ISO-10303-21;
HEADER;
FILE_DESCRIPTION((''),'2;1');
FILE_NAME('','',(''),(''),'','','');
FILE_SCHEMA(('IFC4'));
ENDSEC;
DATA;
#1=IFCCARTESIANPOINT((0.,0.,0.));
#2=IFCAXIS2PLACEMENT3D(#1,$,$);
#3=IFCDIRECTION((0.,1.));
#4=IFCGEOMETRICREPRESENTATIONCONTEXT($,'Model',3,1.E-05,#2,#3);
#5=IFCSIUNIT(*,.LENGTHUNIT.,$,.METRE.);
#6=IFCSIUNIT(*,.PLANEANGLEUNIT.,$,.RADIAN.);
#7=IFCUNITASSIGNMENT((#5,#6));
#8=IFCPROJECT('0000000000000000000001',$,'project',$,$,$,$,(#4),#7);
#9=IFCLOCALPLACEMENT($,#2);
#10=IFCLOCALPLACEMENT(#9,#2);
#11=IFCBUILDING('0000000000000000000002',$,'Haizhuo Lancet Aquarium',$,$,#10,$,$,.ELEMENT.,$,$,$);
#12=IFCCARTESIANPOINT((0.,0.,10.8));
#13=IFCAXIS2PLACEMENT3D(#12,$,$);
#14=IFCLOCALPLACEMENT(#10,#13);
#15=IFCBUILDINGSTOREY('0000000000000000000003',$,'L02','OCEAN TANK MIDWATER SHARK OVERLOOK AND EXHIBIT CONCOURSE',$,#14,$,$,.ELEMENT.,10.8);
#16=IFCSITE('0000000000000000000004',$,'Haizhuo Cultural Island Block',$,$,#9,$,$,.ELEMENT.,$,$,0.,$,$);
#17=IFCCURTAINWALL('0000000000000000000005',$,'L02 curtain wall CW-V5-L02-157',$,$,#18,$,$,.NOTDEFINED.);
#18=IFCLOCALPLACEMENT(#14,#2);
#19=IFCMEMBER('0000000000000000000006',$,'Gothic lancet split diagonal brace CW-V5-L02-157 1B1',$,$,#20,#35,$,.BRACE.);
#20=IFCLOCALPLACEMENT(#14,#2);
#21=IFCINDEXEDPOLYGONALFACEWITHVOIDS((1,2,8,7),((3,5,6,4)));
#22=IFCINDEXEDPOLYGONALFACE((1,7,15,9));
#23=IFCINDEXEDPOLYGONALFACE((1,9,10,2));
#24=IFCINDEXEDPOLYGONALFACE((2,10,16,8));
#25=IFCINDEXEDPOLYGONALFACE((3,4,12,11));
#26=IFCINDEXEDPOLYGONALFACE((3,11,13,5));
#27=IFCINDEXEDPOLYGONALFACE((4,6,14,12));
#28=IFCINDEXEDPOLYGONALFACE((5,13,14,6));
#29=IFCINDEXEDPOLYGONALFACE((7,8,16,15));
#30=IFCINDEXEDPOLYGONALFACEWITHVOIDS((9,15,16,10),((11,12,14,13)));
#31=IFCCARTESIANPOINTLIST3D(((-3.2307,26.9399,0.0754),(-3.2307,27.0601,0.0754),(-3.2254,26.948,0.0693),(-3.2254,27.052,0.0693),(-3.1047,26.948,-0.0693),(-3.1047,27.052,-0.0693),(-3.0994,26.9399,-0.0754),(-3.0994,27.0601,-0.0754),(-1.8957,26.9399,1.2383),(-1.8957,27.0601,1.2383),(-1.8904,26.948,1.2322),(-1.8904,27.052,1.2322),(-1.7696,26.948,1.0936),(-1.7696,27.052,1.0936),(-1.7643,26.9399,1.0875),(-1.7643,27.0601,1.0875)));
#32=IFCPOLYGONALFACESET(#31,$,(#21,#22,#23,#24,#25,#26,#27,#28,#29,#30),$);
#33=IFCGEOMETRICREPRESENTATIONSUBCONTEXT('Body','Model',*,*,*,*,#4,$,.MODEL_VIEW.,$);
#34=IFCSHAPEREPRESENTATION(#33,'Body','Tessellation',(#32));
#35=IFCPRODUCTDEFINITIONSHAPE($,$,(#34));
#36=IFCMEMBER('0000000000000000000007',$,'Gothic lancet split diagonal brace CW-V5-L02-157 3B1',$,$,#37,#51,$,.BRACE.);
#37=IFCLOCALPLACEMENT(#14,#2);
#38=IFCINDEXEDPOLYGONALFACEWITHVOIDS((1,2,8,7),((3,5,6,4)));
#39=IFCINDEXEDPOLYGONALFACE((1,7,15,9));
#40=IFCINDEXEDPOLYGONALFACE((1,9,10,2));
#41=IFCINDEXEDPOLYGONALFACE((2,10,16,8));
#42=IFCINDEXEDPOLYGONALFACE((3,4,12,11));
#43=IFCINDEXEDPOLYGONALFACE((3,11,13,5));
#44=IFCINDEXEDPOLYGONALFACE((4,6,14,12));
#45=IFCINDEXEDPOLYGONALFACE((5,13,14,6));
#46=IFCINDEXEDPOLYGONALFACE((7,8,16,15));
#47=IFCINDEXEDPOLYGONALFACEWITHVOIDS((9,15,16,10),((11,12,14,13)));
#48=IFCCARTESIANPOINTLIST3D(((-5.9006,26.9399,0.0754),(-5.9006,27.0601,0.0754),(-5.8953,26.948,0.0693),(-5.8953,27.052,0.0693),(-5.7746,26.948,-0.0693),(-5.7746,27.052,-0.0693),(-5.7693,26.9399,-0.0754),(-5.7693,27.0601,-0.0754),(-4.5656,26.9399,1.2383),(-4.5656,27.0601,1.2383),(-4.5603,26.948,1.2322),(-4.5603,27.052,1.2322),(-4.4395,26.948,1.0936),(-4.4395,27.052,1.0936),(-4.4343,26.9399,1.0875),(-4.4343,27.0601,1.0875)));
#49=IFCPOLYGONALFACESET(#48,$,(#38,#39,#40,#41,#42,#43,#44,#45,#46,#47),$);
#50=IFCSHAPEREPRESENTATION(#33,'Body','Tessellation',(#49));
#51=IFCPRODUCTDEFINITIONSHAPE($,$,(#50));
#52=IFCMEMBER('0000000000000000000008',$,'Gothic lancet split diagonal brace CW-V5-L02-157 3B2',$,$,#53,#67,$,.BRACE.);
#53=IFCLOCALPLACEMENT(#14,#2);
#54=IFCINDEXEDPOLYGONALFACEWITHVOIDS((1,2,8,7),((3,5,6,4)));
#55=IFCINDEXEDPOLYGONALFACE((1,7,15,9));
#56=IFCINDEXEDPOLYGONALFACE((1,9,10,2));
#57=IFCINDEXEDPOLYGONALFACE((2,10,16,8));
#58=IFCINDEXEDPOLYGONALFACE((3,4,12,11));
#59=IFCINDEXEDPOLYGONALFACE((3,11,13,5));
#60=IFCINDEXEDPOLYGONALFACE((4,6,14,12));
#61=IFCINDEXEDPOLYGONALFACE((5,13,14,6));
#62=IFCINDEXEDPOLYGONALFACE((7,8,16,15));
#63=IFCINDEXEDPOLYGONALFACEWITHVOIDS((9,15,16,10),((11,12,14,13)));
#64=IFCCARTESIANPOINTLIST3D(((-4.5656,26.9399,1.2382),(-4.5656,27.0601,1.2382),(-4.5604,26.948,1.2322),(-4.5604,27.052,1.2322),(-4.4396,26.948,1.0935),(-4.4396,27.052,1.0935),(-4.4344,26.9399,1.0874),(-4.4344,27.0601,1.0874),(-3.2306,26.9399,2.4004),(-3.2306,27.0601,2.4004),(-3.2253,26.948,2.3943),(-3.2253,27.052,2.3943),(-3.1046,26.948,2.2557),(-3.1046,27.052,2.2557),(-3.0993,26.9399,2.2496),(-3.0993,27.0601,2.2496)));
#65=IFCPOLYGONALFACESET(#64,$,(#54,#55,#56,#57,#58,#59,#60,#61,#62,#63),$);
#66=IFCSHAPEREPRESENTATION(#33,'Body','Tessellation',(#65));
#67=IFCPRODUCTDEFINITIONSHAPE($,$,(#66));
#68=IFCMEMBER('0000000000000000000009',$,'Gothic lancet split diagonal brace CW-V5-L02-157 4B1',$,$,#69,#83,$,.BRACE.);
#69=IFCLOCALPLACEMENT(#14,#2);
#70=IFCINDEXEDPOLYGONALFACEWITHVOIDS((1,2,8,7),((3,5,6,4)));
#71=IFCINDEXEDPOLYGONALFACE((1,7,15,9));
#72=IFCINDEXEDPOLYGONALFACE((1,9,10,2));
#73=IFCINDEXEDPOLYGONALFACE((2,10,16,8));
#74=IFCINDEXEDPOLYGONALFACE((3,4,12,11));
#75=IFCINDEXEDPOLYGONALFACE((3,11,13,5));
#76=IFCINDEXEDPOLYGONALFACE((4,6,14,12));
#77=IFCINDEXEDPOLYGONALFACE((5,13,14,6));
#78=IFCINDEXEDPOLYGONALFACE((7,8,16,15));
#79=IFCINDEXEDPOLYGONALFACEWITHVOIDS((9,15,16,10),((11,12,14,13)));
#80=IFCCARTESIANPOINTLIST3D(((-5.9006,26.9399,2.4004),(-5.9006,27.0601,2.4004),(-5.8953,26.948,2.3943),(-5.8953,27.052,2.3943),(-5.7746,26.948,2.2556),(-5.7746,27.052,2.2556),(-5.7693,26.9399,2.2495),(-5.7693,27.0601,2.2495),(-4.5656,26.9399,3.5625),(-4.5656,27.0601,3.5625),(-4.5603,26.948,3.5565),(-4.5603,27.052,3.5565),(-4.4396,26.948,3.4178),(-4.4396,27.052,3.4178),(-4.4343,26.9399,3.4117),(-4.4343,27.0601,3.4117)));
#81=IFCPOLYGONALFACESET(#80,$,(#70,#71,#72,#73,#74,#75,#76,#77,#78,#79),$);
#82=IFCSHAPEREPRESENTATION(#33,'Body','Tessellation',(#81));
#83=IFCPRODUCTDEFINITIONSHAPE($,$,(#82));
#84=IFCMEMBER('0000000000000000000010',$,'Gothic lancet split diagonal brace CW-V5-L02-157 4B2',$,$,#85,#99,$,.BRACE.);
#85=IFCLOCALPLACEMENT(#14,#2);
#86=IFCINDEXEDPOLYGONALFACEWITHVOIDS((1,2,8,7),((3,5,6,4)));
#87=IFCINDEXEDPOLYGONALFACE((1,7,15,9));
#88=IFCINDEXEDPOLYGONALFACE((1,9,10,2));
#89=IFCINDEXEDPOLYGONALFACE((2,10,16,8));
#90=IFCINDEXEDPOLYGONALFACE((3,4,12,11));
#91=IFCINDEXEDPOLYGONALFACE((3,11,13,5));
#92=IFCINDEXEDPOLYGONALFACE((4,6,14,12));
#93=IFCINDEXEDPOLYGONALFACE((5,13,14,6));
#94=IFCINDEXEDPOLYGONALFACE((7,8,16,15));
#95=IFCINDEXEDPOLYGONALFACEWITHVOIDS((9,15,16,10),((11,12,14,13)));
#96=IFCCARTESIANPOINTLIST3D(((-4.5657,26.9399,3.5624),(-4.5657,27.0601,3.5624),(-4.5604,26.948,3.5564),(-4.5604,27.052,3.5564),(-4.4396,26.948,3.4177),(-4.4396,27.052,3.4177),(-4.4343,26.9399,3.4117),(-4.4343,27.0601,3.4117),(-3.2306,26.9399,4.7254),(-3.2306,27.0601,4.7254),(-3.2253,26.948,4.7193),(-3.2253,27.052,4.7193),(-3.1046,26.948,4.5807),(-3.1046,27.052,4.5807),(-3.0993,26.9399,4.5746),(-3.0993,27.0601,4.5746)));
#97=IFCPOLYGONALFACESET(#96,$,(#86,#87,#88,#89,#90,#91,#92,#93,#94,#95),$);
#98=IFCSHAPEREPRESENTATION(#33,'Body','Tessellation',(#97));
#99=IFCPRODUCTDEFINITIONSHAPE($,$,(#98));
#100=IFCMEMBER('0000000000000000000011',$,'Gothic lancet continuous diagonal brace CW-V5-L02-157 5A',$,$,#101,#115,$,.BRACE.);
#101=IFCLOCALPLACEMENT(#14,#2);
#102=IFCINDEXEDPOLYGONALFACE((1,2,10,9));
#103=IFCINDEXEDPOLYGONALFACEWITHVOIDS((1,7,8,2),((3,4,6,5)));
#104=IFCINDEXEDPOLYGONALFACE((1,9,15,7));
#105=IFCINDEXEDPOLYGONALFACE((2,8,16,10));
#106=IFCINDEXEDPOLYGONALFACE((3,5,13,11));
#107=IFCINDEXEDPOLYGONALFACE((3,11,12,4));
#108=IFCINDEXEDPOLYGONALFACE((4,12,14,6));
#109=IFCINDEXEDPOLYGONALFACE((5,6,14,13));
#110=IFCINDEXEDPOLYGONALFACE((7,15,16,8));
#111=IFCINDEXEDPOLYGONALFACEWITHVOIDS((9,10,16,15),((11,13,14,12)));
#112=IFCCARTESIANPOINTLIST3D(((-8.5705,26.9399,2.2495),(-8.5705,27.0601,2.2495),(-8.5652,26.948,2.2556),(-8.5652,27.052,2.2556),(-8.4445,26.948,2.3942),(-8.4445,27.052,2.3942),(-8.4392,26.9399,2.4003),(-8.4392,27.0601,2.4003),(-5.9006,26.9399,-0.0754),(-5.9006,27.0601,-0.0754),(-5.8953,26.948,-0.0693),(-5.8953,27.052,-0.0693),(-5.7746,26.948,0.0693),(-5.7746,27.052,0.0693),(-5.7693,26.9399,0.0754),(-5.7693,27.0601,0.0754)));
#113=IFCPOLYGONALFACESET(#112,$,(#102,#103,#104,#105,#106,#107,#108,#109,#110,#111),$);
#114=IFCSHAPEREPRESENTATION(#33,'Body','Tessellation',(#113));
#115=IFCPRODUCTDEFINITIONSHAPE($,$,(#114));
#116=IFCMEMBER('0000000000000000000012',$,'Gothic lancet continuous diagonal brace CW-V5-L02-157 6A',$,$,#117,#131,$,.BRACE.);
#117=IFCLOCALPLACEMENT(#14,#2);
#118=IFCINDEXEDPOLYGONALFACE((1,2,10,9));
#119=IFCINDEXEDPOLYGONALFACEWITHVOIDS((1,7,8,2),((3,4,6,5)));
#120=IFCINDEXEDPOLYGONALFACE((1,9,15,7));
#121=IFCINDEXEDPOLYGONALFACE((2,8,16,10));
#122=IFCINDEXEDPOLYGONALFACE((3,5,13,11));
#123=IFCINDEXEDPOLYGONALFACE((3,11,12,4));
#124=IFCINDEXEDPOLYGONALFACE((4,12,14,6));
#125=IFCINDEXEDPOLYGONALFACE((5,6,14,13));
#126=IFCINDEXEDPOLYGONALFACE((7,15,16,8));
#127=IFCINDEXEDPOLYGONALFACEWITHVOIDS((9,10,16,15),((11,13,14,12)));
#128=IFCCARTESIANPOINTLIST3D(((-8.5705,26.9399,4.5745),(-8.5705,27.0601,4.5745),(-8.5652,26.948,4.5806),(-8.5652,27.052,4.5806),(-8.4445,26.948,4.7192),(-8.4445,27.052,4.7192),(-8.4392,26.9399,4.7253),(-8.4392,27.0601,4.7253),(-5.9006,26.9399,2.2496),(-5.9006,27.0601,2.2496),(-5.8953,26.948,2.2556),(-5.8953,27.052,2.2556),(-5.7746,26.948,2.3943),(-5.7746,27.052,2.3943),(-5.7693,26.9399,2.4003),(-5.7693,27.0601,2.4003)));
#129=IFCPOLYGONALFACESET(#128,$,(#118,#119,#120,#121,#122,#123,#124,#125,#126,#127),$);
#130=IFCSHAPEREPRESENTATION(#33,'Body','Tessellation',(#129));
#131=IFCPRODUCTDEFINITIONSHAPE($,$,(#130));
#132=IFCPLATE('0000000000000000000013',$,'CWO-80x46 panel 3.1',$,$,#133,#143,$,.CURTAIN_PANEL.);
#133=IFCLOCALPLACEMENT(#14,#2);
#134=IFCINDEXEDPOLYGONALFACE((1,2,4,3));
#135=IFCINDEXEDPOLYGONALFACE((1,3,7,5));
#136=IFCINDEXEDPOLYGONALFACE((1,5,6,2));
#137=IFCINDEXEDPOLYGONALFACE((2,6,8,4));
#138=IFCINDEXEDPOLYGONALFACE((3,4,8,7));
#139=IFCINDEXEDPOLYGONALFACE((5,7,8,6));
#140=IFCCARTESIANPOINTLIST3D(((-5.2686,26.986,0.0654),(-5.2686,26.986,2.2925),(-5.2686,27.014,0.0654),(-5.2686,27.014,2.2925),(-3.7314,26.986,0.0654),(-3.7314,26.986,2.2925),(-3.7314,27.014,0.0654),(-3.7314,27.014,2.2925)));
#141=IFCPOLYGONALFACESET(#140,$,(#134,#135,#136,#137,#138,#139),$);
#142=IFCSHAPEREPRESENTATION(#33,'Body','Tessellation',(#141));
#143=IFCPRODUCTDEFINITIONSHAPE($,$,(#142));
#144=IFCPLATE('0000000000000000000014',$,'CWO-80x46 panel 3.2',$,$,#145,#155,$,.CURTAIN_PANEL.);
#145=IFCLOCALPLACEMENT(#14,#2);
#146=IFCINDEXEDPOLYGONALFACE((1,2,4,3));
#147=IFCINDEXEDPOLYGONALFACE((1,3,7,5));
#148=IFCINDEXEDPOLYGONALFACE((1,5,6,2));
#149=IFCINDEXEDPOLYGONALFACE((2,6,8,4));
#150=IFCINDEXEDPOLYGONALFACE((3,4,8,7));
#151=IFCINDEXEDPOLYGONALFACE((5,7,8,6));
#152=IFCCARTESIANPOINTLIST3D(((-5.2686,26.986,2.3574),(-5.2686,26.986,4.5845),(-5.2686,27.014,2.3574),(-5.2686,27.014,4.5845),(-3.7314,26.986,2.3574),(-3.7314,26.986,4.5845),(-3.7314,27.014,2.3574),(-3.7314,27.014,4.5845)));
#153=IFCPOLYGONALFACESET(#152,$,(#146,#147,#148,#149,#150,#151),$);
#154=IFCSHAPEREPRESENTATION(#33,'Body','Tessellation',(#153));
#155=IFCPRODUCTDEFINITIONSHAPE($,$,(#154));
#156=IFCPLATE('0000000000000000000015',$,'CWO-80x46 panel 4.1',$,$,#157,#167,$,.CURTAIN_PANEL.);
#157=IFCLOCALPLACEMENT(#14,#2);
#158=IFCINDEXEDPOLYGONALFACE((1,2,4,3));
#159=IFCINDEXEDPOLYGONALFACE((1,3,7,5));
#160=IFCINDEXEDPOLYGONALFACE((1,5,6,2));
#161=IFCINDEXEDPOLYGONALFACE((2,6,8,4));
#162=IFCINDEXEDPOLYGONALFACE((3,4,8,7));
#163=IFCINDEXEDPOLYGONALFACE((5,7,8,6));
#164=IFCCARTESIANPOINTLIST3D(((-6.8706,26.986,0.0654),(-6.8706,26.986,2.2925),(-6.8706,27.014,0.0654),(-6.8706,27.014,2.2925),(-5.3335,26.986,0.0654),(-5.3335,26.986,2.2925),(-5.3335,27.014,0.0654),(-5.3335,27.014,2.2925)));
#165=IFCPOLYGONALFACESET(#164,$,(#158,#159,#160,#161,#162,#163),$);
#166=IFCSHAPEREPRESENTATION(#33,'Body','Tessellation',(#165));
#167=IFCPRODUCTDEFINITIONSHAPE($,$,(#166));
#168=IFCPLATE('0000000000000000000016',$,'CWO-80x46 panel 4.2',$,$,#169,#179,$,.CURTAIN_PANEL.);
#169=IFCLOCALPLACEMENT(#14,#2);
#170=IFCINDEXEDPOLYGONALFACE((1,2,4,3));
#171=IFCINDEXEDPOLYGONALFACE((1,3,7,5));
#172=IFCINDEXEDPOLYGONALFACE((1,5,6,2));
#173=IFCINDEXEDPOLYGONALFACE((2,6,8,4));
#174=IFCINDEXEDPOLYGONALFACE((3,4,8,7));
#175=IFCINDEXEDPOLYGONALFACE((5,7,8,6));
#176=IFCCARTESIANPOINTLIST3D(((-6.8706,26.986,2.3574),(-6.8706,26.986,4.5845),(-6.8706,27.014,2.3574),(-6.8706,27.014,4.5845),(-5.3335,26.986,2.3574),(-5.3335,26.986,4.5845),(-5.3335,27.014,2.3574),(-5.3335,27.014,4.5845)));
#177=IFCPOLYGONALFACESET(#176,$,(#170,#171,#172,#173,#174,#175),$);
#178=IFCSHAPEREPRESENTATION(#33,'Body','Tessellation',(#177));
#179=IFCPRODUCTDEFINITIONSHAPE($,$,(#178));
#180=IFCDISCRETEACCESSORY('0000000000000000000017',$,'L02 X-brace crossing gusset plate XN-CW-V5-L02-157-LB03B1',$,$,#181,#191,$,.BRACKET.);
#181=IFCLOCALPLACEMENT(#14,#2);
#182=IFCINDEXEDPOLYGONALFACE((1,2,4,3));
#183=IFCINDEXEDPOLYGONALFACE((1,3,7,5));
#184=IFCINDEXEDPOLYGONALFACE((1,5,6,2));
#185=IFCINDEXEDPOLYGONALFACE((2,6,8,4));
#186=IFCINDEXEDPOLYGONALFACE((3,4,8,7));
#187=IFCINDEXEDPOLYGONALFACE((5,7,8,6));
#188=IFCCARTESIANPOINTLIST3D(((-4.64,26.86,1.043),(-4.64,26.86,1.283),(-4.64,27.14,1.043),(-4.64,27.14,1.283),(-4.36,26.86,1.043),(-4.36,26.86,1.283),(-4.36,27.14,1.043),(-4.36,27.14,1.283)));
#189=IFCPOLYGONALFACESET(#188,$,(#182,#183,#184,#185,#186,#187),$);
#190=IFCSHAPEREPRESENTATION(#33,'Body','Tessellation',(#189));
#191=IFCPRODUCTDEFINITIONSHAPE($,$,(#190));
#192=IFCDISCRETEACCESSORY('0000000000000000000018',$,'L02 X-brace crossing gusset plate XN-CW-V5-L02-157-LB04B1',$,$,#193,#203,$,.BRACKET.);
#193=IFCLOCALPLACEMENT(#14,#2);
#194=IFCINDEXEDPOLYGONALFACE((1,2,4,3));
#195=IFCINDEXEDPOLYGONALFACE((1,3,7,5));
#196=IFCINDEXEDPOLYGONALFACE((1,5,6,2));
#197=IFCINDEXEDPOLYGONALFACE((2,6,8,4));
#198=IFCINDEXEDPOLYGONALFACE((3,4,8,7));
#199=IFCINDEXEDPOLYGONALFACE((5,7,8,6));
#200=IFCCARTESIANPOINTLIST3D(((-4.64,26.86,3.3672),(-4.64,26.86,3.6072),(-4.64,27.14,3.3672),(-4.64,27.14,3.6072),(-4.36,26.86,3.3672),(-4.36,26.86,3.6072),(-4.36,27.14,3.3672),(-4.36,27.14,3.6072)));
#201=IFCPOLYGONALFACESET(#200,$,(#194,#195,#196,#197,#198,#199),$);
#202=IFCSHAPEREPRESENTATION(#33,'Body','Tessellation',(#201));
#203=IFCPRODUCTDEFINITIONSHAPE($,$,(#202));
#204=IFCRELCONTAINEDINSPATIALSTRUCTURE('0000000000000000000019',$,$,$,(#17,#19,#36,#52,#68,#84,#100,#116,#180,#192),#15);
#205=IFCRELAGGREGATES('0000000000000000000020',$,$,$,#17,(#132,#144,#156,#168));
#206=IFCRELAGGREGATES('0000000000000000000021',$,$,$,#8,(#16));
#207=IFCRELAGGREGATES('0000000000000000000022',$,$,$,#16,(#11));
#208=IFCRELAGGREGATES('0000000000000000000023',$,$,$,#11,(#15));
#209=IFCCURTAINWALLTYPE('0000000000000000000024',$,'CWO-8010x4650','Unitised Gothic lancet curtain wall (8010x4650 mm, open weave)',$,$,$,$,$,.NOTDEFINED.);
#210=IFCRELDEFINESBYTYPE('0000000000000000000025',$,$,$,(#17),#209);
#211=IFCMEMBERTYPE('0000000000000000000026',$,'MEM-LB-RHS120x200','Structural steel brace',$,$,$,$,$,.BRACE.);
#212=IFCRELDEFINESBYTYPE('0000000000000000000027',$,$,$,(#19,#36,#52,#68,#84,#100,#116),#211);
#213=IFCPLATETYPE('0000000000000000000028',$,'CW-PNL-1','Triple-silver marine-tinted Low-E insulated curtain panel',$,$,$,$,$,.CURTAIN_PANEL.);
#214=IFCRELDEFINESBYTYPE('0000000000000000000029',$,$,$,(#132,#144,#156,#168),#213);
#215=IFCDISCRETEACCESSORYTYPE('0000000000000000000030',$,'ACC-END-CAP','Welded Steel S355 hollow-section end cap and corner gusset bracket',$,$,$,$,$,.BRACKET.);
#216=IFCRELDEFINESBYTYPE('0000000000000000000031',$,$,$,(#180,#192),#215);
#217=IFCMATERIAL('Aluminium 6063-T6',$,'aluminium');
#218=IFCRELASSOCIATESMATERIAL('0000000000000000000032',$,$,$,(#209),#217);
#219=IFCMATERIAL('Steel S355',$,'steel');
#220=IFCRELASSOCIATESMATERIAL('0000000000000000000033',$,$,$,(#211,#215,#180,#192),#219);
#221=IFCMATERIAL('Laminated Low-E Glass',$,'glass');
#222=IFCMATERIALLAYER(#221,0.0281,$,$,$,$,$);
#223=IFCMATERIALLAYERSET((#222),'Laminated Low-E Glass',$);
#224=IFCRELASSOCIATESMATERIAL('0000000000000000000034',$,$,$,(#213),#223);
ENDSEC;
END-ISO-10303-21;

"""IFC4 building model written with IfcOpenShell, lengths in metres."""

from ifc_helpers import new_model, si_unit, direction, frame, origin, origin_2d, place, context, subcontext, project, spatial, rectangle, hollow_rectangle, extrude, material, layer, layer_set, material_profile, profile_set, type_object, element, aggregate, save


model = new_model("IFC4")

# Units and contexts
model_context = context("Model", 3, precision=1e-05, world=origin(), true_north=direction((0.0, 1.0)))
body_context = subcontext(model_context, "Body", "Model", "MODEL_VIEW")
ifc_project = project(units=[si_unit("LENGTHUNIT", "METRE"), si_unit("PLANEANGLEUNIT", "RADIAN")], contexts=[model_context])

# Site, building, storey
site_placement = place(None, origin())
site = spatial("IfcSite", under=ifc_project, at=site_placement, Name="Haizhuo Cultural Island Block", CompositionType="ELEMENT", RefElevation=0.0)
building_placement = place(site_placement, origin())
building = spatial("IfcBuilding", under=site, at=building_placement, Name="Haizhuo Lancet Aquarium", CompositionType="ELEMENT")
storey_placement = place(building_placement, frame((0.0, 0.0, 10.8)))
storey = spatial("IfcBuildingStorey", under=building, at=storey_placement, Name="L02", Description="OCEAN TANK MIDWATER SHARK OVERLOOK AND EXHIBIT CONCOURSE", CompositionType="ELEMENT", Elevation=10.8)

# Curtain wall
ifc_material_1 = material(Name="Aluminium 6063-T6", Category="aluminium")
curtain_wall_type = type_object("IfcCurtainWallType", Name="CWO-8010x4650", Description="Unitised Gothic lancet curtain wall (8010x4650 mm, open weave)", PredefinedType="NOTDEFINED", material=ifc_material_1)
curtain_wall_placement = place(storey_placement, origin())
curtain_wall = element("IfcCurtainWall", 1, at=curtain_wall_placement, inside=storey, type_object=curtain_wall_type, Name="L02 curtain wall CW-V5-L02-157", PredefinedType="NOTDEFINED")

# Members
ifc_material_2 = material(Name="Steel S355", Category="steel")
ifc_material_profile_1 = material_profile(ifc_material_2, hollow_rectangle(XDim=0.1201, YDim=0.2, WallThickness=0.0081, at=origin_2d()), Name="RHS 120x200x8")
ifc_profile_set_1 = profile_set([ifc_material_profile_1], Name="Steel S355")
member_type_1 = type_object("IfcMemberType", Name="MEM-LB-RHS120x200", Description="Structural steel brace", PredefinedType="BRACE", material=ifc_profile_set_1)
for number, where, z_axis, x_axis, name in (
    (2, (-3.165, 27.0, 0.0), (0.754044, 0.0, 0.656824), (0.0, 1.0, 0.0), "Gothic lancet split diagonal brace CW-V5-L02-157 1B1"),
    (3, (-5.835, 27.0, 0.0), (0.754044, 0.0, 0.656824), (0.0, 1.0, 0.0), "Gothic lancet split diagonal brace CW-V5-L02-157 3B1"),
):
    element("IfcMember", number, at=place(storey_placement, frame(where, z_axis=z_axis, x_axis=x_axis)), inside=storey, type_object=member_type_1, Name=name, PredefinedType="BRACE", context=body_context, shape_type="SweptSolid", body=[
        extrude(hollow_rectangle(XDim=0.1201, YDim=0.2, WallThickness=0.0081, at=origin_2d()), origin(), (0.0, 0.0, 1.0), 1.7705),
    ])
for number, where, z_axis, x_axis, name in (
    (4, (-4.5, 27.0, 1.1628), (0.754249, 0.0, 0.656588), (0.0, 1.0, 0.0), "Gothic lancet split diagonal brace CW-V5-L02-157 3B2"),
    (5, (-5.835, 27.0, 2.325), (0.754249, 0.0, 0.656588), (0.0, 1.0, 0.0), "Gothic lancet split diagonal brace CW-V5-L02-157 4B1"),
):
    element("IfcMember", number, at=place(storey_placement, frame(where, z_axis=z_axis, x_axis=x_axis)), inside=storey, type_object=member_type_1, Name=name, PredefinedType="BRACE", context=body_context, shape_type="SweptSolid", body=[
        extrude(hollow_rectangle(XDim=0.1201, YDim=0.2, WallThickness=0.0081, at=origin_2d()), origin(), (0.0, 0.0, 1.0), 1.77),
    ])
member_1_placement = place(storey_placement, frame((-4.5, 27.0, 3.4871), z_axis=(0.754044, 0.0, 0.656824), x_axis=(0.0, 1.0, 0.0)))
element("IfcMember", 6, at=member_1_placement, inside=storey, type_object=member_type_1, Name="Gothic lancet split diagonal brace CW-V5-L02-157 4B2", PredefinedType="BRACE", context=body_context, shape_type="SweptSolid", body=[
    extrude(hollow_rectangle(XDim=0.1201, YDim=0.2, WallThickness=0.0081, at=origin_2d()), origin(), (0.0, 0.0, 1.0), 1.7705),
])
for number, where, z_axis, x_axis, name in (
    (7, (-5.835, 27.0, 0.0), (-0.754147, 0.0, 0.656706), (0.0, -1.0, 0.0), "Gothic lancet continuous diagonal brace CW-V5-L02-157 5A"),
    (8, (-5.835, 27.0, 2.325), (-0.754147, 0.0, 0.656706), (0.0, -1.0, 0.0), "Gothic lancet continuous diagonal brace CW-V5-L02-157 6A"),
):
    element("IfcMember", number, at=place(storey_placement, frame(where, z_axis=z_axis, x_axis=x_axis)), inside=storey, type_object=member_type_1, Name=name, PredefinedType="BRACE", context=body_context, shape_type="SweptSolid", body=[
        extrude(hollow_rectangle(XDim=0.1201, YDim=0.2, WallThickness=0.0081, at=origin_2d()), origin(), (0.0, 0.0, 1.0), 3.5403),
    ])

# Plates
ifc_material_3 = material(Name="Laminated Low-E Glass", Category="glass")
ifc_layer = layer(ifc_material_3, 0.0281)
ifc_layer_set = layer_set([ifc_layer], Name="Laminated Low-E Glass")
plate_type = type_object("IfcPlateType", Name="CW-PNL-1", Description="Triple-silver marine-tinted Low-E insulated curtain panel", PredefinedType="CURTAIN_PANEL", material=ifc_layer_set)
plate_1_placement = place(storey_placement, frame((-4.5, 27.0, 0.0654), z_axis=(0.0, 0.0, 1.0), x_axis=(-1.0, 0.0, 0.0)))
plate_1 = element("IfcPlate", 9, at=plate_1_placement, type_object=plate_type, Name="CWO-80x46 panel 3.1", PredefinedType="CURTAIN_PANEL", context=body_context, shape_type="SweptSolid", body=[
    extrude(rectangle(XDim=1.5371, YDim=0.0281, at=origin_2d()), origin(), (0.0, 0.0, 1.0), 2.2271),
])
plate_2_placement = place(storey_placement, frame((-4.5, 27.0, 2.3574), z_axis=(0.0, 0.0, 1.0), x_axis=(-1.0, 0.0, 0.0)))
plate_2 = element("IfcPlate", 10, at=plate_2_placement, type_object=plate_type, Name="CWO-80x46 panel 3.2", PredefinedType="CURTAIN_PANEL", context=body_context, shape_type="SweptSolid", body=[
    extrude(rectangle(XDim=1.5371, YDim=0.0281, at=origin_2d()), origin(), (0.0, 0.0, 1.0), 2.2271),
])
plate_3_placement = place(storey_placement, frame((-6.1021, 27.0, 0.0654), z_axis=(0.0, 0.0, 1.0), x_axis=(-1.0, 0.0, 0.0)))
plate_3 = element("IfcPlate", 11, at=plate_3_placement, type_object=plate_type, Name="CWO-80x46 panel 4.1", PredefinedType="CURTAIN_PANEL", context=body_context, shape_type="SweptSolid", body=[
    extrude(rectangle(XDim=1.5371, YDim=0.0281, at=origin_2d()), origin(), (0.0, 0.0, 1.0), 2.2271),
])
plate_4_placement = place(storey_placement, frame((-6.1021, 27.0, 2.3574), z_axis=(0.0, 0.0, 1.0), x_axis=(-1.0, 0.0, 0.0)))
plate_4 = element("IfcPlate", 12, at=plate_4_placement, type_object=plate_type, Name="CWO-80x46 panel 4.2", PredefinedType="CURTAIN_PANEL", context=body_context, shape_type="SweptSolid", body=[
    extrude(rectangle(XDim=1.5371, YDim=0.0281, at=origin_2d()), origin(), (0.0, 0.0, 1.0), 2.2271),
])
aggregate(curtain_wall, [plate_1, plate_2, plate_3, plate_4])

# Discrete accessories
discrete_accessory_type = type_object("IfcDiscreteAccessoryType", Name="ACC-END-CAP", Description="Welded Steel S355 hollow-section end cap and corner gusset bracket", PredefinedType="BRACKET", material=ifc_material_2)
for number, where, z_axis, x_axis, name in (
    (13, (-4.5, 27.0, 1.043), (0.0, 0.0, 1.0), (1.0, 0.0, 0.0), "L02 X-brace crossing gusset plate XN-CW-V5-L02-157-LB03B1"),
    (14, (-4.5, 27.0, 3.3672), (0.0, 0.0, 1.0), (1.0, 0.0, 0.0), "L02 X-brace crossing gusset plate XN-CW-V5-L02-157-LB04B1"),
):
    element("IfcDiscreteAccessory", number, at=place(storey_placement, frame(where, z_axis=z_axis, x_axis=x_axis)), inside=storey, type_object=discrete_accessory_type, material=ifc_material_2, Name=name, PredefinedType="BRACKET", context=body_context, shape_type="SweptSolid", body=[
        extrude(rectangle(XDim=0.28, YDim=0.28, at=origin_2d()), origin(), (0.0, 0.0, 1.0), 0.24),
    ])

save(model, "model.ifc")
